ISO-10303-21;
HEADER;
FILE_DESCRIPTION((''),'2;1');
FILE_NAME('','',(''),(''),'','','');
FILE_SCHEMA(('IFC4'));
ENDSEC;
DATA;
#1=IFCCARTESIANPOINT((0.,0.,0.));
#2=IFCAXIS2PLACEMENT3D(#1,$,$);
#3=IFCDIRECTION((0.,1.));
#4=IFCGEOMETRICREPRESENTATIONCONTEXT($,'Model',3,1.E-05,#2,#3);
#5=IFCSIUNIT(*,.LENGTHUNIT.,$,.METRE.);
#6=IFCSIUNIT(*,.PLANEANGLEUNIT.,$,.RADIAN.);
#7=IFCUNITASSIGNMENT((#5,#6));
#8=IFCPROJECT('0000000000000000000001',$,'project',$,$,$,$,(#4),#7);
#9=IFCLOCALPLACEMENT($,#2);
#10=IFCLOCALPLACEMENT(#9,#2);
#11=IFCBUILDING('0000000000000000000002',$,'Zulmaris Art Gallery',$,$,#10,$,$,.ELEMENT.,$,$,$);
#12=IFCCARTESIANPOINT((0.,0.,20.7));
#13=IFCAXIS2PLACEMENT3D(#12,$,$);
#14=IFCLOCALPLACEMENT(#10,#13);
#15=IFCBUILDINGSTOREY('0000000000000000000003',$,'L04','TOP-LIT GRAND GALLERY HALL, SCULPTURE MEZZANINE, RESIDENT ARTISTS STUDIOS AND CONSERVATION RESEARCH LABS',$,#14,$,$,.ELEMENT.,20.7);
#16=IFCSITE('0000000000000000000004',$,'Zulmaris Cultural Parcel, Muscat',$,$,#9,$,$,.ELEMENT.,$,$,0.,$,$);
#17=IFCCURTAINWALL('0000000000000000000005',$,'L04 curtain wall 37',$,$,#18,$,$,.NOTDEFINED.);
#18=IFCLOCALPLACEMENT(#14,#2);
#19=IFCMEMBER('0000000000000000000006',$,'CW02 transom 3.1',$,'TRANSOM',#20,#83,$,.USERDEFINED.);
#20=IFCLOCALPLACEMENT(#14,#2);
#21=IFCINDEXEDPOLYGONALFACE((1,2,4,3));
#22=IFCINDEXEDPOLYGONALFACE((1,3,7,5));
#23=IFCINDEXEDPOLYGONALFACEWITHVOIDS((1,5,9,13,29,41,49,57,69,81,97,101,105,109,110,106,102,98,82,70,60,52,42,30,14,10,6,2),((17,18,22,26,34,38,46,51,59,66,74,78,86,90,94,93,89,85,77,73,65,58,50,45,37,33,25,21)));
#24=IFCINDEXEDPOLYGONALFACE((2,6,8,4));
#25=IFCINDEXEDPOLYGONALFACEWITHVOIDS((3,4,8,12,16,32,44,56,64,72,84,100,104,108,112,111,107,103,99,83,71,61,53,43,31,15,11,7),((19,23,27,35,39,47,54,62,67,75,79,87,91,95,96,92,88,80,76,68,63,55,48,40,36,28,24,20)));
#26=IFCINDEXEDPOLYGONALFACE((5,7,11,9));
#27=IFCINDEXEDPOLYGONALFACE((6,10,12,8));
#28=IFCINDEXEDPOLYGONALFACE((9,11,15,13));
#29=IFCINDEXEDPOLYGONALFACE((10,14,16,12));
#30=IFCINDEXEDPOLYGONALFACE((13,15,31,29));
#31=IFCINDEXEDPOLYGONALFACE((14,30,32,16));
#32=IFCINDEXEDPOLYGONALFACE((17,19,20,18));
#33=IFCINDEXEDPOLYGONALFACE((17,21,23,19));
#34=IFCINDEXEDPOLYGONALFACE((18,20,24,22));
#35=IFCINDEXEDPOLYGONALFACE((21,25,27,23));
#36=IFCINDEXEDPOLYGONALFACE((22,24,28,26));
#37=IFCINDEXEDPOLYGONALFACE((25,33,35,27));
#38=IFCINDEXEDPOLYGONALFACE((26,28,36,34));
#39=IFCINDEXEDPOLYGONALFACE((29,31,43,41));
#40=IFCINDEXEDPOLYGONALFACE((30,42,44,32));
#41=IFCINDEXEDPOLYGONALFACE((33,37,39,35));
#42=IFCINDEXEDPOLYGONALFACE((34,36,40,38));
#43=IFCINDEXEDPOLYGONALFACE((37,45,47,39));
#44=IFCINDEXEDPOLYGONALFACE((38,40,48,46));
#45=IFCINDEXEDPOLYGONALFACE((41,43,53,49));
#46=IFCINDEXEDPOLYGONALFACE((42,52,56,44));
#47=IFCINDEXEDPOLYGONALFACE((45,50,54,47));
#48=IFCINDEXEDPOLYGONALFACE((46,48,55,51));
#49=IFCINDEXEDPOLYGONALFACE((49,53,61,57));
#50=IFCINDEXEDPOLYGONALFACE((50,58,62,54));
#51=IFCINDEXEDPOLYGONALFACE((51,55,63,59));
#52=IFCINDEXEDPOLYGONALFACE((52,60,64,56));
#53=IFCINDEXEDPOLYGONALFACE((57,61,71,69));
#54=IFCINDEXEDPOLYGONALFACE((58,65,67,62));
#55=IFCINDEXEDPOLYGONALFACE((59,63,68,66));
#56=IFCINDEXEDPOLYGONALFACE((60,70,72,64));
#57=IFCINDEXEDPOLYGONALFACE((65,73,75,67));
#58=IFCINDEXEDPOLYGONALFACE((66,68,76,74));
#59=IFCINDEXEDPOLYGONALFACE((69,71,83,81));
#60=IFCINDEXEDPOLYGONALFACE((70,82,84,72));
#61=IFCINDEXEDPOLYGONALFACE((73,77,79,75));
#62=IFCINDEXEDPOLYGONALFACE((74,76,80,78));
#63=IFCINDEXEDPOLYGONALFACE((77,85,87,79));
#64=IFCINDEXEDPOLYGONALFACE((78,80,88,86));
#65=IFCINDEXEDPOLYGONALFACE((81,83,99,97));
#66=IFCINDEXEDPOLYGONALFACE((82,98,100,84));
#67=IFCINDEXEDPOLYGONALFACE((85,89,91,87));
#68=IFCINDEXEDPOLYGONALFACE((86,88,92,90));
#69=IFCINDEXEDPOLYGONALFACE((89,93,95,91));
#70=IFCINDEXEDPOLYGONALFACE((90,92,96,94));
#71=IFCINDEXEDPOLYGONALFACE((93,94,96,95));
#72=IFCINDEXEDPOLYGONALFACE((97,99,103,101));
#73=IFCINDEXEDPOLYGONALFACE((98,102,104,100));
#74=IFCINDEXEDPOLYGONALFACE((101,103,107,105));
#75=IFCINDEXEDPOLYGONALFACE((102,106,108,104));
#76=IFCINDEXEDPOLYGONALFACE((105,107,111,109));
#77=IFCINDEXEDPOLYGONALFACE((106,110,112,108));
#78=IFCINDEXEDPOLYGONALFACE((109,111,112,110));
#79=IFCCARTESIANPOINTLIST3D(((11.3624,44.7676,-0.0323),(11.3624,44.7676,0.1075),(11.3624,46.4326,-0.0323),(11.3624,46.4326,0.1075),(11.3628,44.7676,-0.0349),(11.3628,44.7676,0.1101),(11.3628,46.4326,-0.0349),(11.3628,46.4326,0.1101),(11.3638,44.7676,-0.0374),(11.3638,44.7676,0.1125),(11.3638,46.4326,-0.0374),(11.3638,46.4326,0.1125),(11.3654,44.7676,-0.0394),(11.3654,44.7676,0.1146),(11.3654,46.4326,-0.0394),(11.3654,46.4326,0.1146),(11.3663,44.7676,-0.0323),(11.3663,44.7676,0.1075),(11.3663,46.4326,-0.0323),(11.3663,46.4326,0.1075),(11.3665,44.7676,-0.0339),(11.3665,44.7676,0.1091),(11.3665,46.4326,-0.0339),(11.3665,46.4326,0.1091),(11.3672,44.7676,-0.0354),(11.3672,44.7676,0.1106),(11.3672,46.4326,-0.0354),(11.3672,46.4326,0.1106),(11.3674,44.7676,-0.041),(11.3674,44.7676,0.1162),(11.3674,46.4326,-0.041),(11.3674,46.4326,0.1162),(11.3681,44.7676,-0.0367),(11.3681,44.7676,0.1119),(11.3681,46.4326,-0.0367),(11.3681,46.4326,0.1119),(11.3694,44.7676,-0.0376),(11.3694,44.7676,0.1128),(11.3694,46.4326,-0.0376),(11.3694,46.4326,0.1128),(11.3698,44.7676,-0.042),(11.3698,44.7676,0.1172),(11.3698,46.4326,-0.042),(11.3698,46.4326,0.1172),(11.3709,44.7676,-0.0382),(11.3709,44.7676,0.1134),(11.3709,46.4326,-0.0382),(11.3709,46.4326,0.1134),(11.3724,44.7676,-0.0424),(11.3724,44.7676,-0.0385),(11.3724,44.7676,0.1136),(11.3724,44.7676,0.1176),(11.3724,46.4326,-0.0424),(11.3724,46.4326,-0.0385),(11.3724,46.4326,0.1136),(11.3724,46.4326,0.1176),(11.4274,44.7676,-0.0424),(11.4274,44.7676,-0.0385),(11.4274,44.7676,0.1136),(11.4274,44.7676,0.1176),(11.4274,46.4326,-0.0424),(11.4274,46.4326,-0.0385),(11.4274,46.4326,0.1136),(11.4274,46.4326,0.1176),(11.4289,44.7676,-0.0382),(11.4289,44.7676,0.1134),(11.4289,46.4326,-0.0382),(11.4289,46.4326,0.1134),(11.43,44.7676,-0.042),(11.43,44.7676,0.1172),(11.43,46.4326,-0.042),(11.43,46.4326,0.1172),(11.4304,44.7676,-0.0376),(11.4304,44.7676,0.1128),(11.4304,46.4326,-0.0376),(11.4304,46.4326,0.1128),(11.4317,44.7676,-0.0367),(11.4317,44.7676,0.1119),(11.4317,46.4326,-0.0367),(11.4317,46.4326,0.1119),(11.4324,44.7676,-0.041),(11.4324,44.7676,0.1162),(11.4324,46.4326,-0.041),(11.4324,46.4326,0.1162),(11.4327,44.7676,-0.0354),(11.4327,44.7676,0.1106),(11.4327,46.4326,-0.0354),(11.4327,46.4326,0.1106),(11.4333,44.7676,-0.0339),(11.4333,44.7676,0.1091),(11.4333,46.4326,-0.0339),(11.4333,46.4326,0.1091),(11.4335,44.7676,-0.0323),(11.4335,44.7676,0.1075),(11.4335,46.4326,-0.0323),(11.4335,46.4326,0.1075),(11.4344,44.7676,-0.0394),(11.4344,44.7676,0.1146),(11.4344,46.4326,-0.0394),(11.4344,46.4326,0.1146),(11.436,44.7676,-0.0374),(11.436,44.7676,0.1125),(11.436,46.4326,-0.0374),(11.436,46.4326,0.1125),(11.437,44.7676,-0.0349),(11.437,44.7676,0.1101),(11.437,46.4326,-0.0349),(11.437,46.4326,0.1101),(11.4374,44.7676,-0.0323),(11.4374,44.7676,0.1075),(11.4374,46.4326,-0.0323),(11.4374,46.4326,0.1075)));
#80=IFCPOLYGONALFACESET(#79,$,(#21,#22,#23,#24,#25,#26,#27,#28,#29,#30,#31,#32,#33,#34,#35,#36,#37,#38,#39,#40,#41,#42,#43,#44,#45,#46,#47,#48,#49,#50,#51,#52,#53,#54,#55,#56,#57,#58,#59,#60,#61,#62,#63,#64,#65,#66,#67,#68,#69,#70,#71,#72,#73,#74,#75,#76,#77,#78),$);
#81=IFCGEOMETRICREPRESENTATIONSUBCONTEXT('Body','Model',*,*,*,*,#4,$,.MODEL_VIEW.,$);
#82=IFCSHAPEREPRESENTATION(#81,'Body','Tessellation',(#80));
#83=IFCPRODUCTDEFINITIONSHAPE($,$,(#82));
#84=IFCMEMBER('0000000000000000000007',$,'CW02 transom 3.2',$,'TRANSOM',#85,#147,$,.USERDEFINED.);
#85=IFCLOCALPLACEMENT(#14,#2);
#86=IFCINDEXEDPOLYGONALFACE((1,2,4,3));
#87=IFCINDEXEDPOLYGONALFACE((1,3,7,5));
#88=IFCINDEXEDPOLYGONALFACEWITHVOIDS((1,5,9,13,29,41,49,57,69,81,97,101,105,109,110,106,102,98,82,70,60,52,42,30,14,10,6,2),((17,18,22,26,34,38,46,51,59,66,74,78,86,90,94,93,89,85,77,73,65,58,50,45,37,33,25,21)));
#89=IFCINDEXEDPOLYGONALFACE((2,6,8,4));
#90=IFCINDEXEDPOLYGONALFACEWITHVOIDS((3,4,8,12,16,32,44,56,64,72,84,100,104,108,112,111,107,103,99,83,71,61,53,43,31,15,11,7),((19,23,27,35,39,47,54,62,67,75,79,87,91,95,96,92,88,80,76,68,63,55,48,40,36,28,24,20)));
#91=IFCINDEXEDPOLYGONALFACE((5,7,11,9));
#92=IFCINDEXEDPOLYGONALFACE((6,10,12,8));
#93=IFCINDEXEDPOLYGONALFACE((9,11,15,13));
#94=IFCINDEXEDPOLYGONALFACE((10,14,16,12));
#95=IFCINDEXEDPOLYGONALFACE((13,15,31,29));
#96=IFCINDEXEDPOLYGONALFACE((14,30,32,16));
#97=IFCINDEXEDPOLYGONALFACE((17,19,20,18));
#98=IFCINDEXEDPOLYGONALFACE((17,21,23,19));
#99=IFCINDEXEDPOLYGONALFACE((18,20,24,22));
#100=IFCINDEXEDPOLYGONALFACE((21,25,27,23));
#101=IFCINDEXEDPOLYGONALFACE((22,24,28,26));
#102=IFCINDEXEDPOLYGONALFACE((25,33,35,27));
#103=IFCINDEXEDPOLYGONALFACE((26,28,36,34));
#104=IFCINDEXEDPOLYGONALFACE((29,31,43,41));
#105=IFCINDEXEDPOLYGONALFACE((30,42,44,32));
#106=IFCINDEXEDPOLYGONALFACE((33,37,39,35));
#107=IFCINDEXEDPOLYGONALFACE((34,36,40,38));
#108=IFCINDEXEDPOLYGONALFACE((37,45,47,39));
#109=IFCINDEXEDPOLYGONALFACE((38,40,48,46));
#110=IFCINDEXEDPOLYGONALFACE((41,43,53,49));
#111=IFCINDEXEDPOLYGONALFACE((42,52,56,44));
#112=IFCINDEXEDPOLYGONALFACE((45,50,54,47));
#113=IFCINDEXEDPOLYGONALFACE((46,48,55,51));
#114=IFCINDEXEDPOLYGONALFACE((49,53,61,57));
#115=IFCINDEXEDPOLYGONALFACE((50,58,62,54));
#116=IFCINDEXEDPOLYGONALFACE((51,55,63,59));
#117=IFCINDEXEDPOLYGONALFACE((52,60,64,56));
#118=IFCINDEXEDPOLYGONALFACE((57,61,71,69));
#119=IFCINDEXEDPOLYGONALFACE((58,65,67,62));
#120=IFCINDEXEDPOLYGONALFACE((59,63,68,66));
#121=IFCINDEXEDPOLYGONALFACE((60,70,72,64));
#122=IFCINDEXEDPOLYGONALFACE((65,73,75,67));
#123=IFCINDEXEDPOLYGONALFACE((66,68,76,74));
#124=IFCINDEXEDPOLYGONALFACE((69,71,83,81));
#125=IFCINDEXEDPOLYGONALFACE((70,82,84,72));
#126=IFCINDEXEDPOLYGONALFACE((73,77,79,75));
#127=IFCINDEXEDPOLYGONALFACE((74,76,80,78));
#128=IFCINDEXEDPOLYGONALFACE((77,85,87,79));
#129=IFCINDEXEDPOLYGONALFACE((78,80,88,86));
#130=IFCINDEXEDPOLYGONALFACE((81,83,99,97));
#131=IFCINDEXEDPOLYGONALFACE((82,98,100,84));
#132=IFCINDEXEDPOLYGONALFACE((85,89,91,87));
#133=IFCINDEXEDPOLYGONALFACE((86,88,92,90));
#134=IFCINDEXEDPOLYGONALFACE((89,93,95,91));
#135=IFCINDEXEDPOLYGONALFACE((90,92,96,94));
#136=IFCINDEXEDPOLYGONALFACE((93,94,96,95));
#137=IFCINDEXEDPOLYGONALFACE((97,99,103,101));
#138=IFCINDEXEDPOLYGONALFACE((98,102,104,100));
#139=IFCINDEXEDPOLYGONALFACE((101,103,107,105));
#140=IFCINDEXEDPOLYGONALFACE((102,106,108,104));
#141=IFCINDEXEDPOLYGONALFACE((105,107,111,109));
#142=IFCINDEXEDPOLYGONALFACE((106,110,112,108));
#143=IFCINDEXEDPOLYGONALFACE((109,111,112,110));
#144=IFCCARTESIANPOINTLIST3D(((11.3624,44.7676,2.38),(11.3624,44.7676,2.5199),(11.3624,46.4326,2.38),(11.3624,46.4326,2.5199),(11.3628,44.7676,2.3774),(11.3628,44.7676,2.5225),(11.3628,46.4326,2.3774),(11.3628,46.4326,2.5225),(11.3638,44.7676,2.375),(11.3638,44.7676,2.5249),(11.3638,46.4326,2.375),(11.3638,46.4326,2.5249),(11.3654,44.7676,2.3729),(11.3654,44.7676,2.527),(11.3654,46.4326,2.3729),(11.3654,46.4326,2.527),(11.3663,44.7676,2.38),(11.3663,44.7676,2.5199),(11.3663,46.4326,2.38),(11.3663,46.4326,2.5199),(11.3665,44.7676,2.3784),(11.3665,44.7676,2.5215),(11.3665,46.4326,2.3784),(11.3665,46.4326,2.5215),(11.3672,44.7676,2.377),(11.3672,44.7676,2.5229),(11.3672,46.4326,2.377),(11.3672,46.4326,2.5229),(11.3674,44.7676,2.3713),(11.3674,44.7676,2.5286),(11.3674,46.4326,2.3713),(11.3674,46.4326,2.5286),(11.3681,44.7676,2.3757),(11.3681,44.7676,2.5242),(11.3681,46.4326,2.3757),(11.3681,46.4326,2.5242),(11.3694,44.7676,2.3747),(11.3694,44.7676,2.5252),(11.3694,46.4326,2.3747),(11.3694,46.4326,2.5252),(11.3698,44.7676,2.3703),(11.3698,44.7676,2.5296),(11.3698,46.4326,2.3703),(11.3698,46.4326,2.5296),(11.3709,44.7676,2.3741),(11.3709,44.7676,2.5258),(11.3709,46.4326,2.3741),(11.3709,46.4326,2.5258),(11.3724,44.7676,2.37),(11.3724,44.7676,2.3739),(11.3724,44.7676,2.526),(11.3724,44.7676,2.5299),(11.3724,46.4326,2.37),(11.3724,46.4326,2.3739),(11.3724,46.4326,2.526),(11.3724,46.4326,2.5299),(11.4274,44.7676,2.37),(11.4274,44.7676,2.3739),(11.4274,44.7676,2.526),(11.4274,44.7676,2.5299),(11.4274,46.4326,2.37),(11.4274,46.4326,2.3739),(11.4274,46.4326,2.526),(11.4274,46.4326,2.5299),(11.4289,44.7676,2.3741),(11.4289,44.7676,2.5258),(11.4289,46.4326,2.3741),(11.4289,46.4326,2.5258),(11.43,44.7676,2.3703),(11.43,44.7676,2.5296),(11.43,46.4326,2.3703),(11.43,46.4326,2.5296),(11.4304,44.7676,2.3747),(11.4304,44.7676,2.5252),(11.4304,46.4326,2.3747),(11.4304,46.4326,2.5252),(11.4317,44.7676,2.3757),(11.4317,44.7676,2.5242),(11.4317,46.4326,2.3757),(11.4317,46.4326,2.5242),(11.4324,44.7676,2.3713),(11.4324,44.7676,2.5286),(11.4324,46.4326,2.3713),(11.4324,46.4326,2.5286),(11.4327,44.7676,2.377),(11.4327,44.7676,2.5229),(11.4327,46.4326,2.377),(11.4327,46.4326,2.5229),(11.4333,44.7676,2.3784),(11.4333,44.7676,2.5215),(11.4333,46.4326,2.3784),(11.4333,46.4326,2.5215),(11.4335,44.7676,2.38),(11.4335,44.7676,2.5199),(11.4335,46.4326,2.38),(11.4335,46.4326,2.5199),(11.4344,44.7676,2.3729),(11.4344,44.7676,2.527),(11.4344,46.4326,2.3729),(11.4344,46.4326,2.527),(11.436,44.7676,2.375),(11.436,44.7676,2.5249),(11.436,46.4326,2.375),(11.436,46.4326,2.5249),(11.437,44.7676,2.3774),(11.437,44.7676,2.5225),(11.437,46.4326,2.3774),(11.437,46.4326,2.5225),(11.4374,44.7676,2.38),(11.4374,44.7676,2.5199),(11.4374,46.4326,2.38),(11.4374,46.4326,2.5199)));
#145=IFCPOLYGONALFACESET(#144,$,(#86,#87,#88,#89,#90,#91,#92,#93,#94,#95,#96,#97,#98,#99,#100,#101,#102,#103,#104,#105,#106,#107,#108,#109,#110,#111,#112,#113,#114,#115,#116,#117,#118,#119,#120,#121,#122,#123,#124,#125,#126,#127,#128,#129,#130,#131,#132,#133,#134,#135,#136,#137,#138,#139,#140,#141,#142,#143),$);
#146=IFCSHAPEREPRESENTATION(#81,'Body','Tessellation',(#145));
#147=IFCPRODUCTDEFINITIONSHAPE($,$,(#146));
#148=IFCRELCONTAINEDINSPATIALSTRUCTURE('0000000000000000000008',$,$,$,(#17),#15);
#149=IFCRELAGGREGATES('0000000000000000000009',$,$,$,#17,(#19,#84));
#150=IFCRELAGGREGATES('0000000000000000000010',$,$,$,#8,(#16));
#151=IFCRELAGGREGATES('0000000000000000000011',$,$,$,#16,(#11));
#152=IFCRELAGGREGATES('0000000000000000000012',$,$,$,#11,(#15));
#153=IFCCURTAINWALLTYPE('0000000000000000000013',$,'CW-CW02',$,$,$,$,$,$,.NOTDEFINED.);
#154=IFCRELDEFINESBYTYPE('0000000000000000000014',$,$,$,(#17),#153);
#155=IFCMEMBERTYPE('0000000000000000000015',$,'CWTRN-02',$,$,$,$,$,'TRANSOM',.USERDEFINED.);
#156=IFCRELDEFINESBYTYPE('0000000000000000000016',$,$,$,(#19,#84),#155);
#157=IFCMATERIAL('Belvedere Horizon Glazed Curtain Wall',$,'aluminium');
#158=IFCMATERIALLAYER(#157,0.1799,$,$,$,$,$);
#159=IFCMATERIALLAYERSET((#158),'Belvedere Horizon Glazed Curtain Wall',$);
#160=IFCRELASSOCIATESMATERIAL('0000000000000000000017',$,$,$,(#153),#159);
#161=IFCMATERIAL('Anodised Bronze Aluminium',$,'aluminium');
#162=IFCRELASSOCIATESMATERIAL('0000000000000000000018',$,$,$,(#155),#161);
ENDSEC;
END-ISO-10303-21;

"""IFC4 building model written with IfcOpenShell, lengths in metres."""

from ifc_helpers import new_model, si_unit, direction, frame, origin, origin_2d, place, context, subcontext, project, spatial, hollow_rectangle, extrude, material, layer, layer_set, material_profile, profile_set, type_object, element, aggregate, save


model = new_model("IFC4")

# Units and contexts
model_context = context("Model", 3, precision=1e-05, world=origin(), true_north=direction((0.0, 1.0)))
body_context = subcontext(model_context, "Body", "Model", "MODEL_VIEW")
ifc_project = project(units=[si_unit("LENGTHUNIT", "METRE"), si_unit("PLANEANGLEUNIT", "RADIAN")], contexts=[model_context])

# Site, building, storey
site_placement = place(None, origin())
site = spatial("IfcSite", under=ifc_project, at=site_placement, Name="Zulmaris Cultural Parcel, Muscat", CompositionType="ELEMENT", RefElevation=0.0)
building_placement = place(site_placement, origin())
building = spatial("IfcBuilding", under=site, at=building_placement, Name="Zulmaris Art Gallery", CompositionType="ELEMENT")
storey_placement = place(building_placement, frame((0.0, 0.0, 20.7)))
storey = spatial("IfcBuildingStorey", under=building, at=storey_placement, Name="L04", Description="TOP-LIT GRAND GALLERY HALL, SCULPTURE MEZZANINE, RESIDENT ARTISTS STUDIOS AND CONSERVATION RESEARCH LABS", CompositionType="ELEMENT", Elevation=20.7)

# Curtain wall, members
ifc_material_1 = material(Name="Belvedere Horizon Glazed Curtain Wall", Category="aluminium")
ifc_layer_1 = layer(ifc_material_1, 0.1799)
ifc_layer_set_1 = layer_set([ifc_layer_1], Name="Belvedere Horizon Glazed Curtain Wall")
curtain_wall_type = type_object("IfcCurtainWallType", Name="CW-CW02", PredefinedType="NOTDEFINED", material=ifc_layer_set_1)
curtain_wall_placement = place(storey_placement, origin())
curtain_wall = element("IfcCurtainWall", 1, at=curtain_wall_placement, inside=storey, type_object=curtain_wall_type, Name="L04 curtain wall 37", PredefinedType="NOTDEFINED")
ifc_material_2 = material(Name="Anodised Bronze Aluminium", Category="aluminium")
ifc_material_profile_1 = material_profile(ifc_material_2, hollow_rectangle(XDim=0.075, YDim=0.1599, WallThickness=0.0039, InnerFilletRadius=0.0061, OuterFilletRadius=0.01, at=origin_2d()), Name="ALU 75x160x4")
ifc_profile_set_1 = profile_set([ifc_material_profile_1], Name="Anodised Bronze Aluminium")
member_type_1 = type_object("IfcMemberType", Name="CWTRN-02", ElementType="TRANSOM", PredefinedType="USERDEFINED", material=ifc_profile_set_1)
member_1_placement = place(storey_placement, frame((11.3999, 44.7676, 0.0376), z_axis=(0.0, 1.0, 0.0), x_axis=(-1.0, 0.0, 0.0)))
member_1 = element("IfcMember", 2, at=member_1_placement, type_object=member_type_1, Name="CW02 transom 3.1", ObjectType="TRANSOM", PredefinedType="USERDEFINED", context=body_context, shape_type="SweptSolid", body=[
    extrude(hollow_rectangle(XDim=0.075, YDim=0.1599, WallThickness=0.0039, InnerFilletRadius=0.0061, OuterFilletRadius=0.01, at=origin_2d()), origin(), (0.0, 0.0, 1.0), 1.665),
])
member_2_placement = place(storey_placement, frame((11.3999, 44.7676, 2.45), z_axis=(0.0, 1.0, 0.0), x_axis=(-1.0, 0.0, 0.0)))
member_2 = element("IfcMember", 3, at=member_2_placement, type_object=member_type_1, Name="CW02 transom 3.2", ObjectType="TRANSOM", PredefinedType="USERDEFINED", context=body_context, shape_type="SweptSolid", body=[
    extrude(hollow_rectangle(XDim=0.075, YDim=0.1599, WallThickness=0.0039, InnerFilletRadius=0.0061, OuterFilletRadius=0.01, at=origin_2d()), origin(), (0.0, 0.0, 1.0), 1.665),
])

aggregate(curtain_wall, [member_1, member_2])

save(model, "model.ifc")
